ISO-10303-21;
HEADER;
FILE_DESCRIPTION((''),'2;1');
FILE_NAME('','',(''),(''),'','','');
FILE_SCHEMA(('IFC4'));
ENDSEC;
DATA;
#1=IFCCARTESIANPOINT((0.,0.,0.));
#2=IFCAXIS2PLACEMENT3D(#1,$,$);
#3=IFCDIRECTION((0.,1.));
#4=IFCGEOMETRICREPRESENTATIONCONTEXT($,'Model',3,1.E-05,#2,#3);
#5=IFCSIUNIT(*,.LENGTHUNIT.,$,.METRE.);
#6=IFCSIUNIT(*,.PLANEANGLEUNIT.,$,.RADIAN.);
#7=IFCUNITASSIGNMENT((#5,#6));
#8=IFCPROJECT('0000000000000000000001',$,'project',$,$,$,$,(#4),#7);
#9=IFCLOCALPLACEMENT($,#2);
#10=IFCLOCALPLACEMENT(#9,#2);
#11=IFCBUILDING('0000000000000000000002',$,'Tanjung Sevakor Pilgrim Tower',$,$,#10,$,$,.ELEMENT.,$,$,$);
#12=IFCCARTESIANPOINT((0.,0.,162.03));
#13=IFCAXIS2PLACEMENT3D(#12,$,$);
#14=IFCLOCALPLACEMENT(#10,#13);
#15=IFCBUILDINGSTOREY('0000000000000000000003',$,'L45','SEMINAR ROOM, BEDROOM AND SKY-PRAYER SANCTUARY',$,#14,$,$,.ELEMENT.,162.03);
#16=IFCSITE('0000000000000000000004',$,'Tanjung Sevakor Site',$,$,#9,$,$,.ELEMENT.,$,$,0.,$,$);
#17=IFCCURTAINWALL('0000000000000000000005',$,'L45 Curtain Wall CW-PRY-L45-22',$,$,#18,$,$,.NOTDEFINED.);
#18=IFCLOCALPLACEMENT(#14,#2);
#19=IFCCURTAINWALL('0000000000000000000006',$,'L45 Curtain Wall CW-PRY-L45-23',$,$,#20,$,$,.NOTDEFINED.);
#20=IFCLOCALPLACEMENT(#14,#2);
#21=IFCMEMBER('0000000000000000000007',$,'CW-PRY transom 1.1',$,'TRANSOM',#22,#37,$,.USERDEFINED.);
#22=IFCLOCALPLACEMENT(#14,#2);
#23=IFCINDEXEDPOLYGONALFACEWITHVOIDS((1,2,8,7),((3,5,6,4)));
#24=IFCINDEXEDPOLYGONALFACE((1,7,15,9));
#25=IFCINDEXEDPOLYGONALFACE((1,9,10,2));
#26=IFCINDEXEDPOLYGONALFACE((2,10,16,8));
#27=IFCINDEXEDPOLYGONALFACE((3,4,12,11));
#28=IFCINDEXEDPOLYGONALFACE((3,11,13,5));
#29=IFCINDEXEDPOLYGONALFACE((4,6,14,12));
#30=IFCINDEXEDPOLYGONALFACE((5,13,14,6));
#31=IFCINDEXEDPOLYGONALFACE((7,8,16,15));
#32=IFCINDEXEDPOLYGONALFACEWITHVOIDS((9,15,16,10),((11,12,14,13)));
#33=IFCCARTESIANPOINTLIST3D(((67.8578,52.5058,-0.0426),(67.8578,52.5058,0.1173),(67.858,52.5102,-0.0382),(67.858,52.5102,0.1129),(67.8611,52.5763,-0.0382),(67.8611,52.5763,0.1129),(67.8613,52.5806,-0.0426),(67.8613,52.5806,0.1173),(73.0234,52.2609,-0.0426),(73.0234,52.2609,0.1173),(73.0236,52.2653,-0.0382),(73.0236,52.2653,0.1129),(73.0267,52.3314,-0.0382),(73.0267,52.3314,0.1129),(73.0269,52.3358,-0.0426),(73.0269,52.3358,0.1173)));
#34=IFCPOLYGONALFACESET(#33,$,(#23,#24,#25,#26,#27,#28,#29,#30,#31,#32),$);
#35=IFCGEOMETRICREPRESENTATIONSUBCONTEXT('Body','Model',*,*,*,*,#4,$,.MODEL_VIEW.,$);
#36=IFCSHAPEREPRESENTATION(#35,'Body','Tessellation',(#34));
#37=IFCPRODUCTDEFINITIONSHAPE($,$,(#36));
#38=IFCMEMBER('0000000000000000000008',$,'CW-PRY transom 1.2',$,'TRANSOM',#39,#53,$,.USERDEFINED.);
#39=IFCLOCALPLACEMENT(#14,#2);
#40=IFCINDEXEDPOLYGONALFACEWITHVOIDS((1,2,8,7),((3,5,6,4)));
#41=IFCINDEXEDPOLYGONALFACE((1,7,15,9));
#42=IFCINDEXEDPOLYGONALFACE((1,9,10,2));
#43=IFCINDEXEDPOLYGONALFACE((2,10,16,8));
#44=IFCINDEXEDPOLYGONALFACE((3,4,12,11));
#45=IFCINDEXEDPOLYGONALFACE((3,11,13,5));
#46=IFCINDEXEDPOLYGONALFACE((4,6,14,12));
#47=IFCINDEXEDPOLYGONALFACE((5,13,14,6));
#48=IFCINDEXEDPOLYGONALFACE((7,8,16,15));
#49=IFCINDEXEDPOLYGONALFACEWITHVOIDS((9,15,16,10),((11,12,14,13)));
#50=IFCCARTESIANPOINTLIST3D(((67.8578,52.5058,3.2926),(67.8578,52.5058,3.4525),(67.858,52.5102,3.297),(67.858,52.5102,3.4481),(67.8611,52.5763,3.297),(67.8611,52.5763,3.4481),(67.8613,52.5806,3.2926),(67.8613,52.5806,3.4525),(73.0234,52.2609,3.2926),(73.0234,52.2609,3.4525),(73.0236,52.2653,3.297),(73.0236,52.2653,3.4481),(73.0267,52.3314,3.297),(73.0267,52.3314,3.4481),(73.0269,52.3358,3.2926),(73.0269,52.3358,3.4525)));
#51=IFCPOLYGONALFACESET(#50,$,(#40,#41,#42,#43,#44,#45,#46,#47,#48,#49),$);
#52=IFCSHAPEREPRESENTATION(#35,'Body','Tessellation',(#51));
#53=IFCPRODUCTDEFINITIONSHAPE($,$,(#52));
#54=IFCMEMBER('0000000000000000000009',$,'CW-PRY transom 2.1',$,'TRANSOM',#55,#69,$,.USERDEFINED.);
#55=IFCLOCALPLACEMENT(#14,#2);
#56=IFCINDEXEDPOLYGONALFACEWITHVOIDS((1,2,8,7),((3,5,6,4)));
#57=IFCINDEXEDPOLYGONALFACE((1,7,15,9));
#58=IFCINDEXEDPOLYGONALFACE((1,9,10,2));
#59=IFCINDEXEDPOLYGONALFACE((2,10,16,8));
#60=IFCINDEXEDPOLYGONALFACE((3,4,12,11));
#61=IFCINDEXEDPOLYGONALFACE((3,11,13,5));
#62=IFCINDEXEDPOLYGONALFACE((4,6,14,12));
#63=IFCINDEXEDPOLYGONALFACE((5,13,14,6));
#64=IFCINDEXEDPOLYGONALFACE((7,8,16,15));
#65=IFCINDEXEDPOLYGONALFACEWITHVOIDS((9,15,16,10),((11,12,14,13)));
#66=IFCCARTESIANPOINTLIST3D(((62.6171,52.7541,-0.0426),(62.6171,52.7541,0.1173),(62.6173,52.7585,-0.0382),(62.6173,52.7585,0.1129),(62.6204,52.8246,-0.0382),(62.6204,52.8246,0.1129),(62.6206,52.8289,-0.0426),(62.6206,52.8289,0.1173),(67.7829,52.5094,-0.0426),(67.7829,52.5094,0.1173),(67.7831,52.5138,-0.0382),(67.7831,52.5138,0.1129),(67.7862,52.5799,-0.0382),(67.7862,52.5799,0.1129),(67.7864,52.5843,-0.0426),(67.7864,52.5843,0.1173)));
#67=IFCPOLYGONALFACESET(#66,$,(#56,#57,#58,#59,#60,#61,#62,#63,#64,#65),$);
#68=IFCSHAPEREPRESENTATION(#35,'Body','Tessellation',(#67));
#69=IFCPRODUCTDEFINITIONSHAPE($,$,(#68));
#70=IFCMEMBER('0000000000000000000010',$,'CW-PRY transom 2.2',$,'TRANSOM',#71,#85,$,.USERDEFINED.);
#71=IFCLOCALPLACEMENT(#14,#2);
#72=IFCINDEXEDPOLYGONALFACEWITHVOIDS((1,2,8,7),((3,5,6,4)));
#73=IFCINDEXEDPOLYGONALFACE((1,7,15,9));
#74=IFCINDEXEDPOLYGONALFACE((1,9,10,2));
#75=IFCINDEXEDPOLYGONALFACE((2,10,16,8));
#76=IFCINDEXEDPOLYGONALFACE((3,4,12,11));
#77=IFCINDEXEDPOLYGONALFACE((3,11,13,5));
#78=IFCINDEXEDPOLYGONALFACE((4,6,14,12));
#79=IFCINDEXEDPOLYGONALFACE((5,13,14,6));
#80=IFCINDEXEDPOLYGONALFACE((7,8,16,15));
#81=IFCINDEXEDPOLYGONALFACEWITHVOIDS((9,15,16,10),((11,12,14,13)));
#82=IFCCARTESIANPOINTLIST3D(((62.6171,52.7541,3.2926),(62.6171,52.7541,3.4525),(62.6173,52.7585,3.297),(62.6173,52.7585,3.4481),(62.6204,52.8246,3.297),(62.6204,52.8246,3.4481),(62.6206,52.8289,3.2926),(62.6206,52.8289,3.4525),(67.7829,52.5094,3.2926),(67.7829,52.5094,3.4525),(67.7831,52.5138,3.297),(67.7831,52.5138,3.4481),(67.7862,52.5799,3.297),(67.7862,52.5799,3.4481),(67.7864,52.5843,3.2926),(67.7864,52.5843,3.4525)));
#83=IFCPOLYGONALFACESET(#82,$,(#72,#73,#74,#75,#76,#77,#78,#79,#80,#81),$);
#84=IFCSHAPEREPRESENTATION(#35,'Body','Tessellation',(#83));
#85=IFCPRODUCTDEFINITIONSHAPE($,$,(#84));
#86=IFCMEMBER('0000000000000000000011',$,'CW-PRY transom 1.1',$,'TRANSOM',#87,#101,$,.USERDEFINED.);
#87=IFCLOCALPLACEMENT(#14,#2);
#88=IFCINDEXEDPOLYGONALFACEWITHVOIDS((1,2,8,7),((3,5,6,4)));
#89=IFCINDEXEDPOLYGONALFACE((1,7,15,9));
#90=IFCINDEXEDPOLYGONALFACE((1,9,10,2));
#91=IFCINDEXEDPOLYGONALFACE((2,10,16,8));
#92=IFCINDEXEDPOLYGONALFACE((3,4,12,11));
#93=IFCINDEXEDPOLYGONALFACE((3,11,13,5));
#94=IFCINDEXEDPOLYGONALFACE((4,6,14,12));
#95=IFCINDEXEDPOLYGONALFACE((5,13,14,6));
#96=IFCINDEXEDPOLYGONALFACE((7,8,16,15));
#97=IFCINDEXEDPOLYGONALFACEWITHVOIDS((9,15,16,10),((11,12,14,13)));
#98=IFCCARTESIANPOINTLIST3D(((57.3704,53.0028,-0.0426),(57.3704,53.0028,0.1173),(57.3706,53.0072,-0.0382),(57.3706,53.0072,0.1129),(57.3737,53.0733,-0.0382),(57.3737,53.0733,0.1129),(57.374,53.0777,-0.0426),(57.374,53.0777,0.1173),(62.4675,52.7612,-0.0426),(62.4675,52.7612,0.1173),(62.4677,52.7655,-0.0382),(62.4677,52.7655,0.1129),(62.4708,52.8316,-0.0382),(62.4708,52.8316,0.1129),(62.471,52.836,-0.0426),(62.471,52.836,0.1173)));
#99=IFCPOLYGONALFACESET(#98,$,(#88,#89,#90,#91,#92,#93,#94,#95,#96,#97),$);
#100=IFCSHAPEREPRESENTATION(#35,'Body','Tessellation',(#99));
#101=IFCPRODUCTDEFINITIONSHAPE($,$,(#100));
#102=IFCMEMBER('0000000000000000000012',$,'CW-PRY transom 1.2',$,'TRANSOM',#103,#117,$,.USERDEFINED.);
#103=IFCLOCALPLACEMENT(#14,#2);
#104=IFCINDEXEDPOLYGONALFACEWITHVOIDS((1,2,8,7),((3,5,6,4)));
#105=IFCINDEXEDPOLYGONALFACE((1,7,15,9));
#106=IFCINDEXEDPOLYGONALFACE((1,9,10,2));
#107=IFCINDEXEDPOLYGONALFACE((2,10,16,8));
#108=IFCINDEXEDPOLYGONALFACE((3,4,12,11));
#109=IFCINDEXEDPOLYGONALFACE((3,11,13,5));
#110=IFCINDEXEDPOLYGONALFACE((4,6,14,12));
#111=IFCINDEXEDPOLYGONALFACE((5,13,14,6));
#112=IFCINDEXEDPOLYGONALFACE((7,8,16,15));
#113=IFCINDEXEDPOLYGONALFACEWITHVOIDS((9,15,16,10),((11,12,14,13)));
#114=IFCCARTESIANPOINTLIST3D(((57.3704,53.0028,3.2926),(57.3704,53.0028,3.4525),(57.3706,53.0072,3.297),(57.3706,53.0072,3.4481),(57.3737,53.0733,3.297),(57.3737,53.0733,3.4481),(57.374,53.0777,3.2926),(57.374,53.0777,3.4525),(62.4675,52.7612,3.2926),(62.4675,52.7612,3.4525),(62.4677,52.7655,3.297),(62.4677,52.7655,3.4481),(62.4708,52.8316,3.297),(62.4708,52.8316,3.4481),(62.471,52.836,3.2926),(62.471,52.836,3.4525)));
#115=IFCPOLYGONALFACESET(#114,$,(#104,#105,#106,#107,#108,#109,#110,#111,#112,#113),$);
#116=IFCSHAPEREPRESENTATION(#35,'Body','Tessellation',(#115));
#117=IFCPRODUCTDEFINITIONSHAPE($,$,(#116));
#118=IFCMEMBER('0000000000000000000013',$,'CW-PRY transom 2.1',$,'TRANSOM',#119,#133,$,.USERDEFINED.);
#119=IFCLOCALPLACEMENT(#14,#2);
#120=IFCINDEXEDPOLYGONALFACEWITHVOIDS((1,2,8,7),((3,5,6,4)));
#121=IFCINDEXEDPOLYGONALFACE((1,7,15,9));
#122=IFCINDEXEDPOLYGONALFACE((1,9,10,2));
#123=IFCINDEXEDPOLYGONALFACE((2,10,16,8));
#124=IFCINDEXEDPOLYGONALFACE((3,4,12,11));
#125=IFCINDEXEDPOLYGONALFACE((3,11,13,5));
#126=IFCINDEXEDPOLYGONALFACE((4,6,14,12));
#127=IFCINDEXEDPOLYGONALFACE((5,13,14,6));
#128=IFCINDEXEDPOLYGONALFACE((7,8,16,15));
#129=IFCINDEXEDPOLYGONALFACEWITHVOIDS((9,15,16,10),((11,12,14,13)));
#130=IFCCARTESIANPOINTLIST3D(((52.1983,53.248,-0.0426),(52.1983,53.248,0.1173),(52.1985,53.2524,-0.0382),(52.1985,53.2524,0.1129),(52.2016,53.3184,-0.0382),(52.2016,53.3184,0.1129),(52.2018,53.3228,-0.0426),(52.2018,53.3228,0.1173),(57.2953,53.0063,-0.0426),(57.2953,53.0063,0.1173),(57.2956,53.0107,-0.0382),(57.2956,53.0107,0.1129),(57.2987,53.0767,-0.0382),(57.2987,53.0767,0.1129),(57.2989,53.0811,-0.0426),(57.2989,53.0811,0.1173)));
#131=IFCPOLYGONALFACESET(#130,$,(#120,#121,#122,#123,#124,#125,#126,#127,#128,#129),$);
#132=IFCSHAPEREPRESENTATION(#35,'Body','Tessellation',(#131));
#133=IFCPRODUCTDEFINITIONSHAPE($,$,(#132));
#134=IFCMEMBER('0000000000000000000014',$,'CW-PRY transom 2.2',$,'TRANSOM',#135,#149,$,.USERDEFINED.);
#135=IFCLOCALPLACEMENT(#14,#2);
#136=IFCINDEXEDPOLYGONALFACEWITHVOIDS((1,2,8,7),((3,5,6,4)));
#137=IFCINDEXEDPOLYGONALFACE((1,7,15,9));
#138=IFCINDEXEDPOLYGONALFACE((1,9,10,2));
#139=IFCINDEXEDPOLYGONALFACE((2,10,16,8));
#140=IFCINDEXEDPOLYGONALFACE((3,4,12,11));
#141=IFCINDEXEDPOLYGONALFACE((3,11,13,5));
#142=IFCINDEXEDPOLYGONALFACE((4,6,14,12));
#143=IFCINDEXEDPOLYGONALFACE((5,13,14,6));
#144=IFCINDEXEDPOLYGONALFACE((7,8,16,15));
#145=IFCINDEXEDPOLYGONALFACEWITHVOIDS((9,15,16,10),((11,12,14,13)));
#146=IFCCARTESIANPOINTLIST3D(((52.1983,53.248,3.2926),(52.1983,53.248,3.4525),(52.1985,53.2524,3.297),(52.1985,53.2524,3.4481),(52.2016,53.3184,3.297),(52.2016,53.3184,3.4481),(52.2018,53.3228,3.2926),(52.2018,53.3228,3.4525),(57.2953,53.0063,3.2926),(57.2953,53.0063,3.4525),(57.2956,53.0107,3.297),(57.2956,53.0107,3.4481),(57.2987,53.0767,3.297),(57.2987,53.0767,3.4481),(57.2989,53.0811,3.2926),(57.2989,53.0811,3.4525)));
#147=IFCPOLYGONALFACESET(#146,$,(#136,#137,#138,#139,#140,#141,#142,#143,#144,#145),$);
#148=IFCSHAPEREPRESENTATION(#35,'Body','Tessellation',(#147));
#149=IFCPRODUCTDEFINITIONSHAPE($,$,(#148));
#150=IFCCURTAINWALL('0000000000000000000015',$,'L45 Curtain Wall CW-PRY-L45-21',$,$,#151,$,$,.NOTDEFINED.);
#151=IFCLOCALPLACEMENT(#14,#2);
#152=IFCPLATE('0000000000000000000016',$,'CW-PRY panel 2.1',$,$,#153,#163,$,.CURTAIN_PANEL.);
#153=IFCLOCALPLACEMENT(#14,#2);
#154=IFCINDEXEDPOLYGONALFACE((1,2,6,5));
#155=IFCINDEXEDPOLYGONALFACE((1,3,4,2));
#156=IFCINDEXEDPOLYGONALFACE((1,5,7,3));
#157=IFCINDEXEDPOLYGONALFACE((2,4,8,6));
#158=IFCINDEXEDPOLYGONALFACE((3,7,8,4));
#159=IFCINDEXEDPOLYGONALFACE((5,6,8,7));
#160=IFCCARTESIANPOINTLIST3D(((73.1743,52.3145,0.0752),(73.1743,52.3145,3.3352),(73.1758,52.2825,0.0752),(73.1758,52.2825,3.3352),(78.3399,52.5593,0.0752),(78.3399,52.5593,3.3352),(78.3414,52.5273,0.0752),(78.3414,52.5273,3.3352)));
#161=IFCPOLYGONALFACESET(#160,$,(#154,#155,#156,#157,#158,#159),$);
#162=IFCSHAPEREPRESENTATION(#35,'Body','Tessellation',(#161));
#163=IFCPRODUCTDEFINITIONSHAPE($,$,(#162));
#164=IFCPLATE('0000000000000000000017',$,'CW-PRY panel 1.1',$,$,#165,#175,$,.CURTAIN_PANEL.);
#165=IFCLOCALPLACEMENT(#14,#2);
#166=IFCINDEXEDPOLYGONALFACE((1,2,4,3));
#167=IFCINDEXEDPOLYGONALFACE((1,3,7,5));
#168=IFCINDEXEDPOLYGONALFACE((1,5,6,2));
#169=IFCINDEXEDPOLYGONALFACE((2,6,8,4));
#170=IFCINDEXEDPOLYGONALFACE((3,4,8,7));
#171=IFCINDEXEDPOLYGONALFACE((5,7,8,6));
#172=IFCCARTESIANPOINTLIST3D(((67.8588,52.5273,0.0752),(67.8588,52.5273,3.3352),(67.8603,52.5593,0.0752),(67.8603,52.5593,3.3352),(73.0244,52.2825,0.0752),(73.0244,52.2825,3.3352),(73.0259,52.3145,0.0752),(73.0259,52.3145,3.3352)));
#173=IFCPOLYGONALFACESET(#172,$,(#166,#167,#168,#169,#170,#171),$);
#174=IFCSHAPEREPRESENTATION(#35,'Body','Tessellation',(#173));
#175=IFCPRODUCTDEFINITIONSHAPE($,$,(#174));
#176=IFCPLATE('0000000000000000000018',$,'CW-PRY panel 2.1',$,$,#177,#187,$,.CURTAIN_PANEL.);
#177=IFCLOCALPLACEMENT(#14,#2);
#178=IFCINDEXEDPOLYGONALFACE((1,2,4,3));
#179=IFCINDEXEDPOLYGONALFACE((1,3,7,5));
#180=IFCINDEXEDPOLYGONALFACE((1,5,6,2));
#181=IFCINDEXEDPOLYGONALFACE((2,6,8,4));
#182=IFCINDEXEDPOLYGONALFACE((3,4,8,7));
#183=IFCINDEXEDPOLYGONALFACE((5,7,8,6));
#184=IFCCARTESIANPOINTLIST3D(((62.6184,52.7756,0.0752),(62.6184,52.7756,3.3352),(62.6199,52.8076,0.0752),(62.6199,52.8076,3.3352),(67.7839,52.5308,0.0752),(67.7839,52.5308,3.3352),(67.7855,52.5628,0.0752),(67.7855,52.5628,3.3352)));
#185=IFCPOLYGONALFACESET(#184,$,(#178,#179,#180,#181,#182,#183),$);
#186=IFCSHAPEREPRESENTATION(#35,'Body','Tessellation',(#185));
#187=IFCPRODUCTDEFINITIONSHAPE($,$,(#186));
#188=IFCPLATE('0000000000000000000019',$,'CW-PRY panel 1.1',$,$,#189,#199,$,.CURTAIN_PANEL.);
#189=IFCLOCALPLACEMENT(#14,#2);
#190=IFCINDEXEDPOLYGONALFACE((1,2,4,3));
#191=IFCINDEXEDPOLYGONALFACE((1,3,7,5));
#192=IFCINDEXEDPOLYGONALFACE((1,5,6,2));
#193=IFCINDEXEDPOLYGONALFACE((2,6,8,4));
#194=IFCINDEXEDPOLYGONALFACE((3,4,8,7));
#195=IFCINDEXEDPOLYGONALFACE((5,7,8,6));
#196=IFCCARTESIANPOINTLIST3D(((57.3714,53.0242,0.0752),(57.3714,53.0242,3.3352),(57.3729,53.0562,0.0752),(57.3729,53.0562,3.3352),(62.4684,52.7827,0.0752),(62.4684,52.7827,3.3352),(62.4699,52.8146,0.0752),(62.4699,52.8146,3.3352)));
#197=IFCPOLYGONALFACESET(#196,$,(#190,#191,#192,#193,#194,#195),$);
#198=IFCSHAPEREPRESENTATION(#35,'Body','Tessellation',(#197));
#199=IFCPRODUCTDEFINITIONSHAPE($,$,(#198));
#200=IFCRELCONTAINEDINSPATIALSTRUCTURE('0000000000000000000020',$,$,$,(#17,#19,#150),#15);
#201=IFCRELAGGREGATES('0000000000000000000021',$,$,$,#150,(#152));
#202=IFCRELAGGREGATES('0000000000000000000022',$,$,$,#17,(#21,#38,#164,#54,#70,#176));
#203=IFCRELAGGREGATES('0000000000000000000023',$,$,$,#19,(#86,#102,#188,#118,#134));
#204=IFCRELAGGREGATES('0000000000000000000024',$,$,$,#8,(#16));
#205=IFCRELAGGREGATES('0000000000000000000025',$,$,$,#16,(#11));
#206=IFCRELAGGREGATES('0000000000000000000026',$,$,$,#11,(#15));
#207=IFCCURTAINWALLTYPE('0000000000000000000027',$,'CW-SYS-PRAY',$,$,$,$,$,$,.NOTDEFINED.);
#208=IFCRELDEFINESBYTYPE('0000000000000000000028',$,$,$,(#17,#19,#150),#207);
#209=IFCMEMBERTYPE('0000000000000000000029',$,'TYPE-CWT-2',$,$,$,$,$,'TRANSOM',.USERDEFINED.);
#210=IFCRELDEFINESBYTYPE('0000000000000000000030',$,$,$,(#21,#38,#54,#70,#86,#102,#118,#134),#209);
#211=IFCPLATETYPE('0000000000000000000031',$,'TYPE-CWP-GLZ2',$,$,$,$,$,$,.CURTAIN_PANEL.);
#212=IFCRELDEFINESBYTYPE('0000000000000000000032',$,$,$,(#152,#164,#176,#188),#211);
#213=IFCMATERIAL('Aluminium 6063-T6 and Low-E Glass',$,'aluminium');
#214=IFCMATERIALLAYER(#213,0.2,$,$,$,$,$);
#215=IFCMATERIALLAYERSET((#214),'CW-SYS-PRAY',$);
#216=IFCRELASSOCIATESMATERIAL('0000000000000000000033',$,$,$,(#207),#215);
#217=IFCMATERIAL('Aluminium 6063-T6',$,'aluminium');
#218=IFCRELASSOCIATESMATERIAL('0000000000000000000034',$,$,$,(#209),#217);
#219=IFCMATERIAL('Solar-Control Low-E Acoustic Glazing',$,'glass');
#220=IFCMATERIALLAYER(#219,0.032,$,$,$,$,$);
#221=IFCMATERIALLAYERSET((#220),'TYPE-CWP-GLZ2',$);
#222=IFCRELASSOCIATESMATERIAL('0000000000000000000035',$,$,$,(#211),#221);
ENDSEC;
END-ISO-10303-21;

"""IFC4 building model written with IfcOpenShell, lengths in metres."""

from ifc_helpers import new_model, si_unit, direction, frame, origin, origin_2d, place, context, subcontext, project, spatial, rectangle, hollow_rectangle, extrude, material, layer, layer_set, material_profile, profile_set, type_object, element, aggregate, save


model = new_model("IFC4")

# Units and contexts
model_context = context("Model", 3, precision=1e-05, world=origin(), true_north=direction((0.0, 1.0)))
body_context = subcontext(model_context, "Body", "Model", "MODEL_VIEW")
ifc_project = project(units=[si_unit("LENGTHUNIT", "METRE"), si_unit("PLANEANGLEUNIT", "RADIAN")], contexts=[model_context])

# Site, building, storey
site_placement = place(None, origin())
site = spatial("IfcSite", under=ifc_project, at=site_placement, Name="Tanjung Sevakor Site", CompositionType="ELEMENT", RefElevation=0.0)
building_placement = place(site_placement, origin())
building = spatial("IfcBuilding", under=site, at=building_placement, Name="Tanjung Sevakor Pilgrim Tower", CompositionType="ELEMENT")
storey_placement = place(building_placement, frame((0.0, 0.0, 162.03)))
storey = spatial("IfcBuildingStorey", under=building, at=storey_placement, Name="L45", Description="SEMINAR ROOM, BEDROOM AND SKY-PRAYER SANCTUARY", CompositionType="ELEMENT", Elevation=162.03)

# Curtain walls
ifc_material_1 = material(Name="Aluminium 6063-T6 and Low-E Glass", Category="aluminium")
ifc_layer_1 = layer(ifc_material_1, 0.2)
ifc_layer_set_1 = layer_set([ifc_layer_1], Name="CW-SYS-PRAY")
curtain_wall_type = type_object("IfcCurtainWallType", Name="CW-SYS-PRAY", PredefinedType="NOTDEFINED", material=ifc_layer_set_1)
curtain_wall_1_placement = place(storey_placement, origin())
curtain_wall_1 = element("IfcCurtainWall", 1, at=curtain_wall_1_placement, inside=storey, type_object=curtain_wall_type, Name="L45 Curtain Wall CW-PRY-L45-22", PredefinedType="NOTDEFINED")
curtain_wall_2_placement = place(storey_placement, origin())
curtain_wall_2 = element("IfcCurtainWall", 2, at=curtain_wall_2_placement, inside=storey, type_object=curtain_wall_type, Name="L45 Curtain Wall CW-PRY-L45-23", PredefinedType="NOTDEFINED")

# Members
ifc_material_2 = material(Name="Aluminium 6063-T6", Category="aluminium")
ifc_material_profile_1 = material_profile(ifc_material_2, hollow_rectangle(XDim=0.075, YDim=0.1599, WallThickness=0.0044, at=origin_2d()))
ifc_profile_set_1 = profile_set([ifc_material_profile_1], Name="Aluminium 6063-T6")
member_type_1 = type_object("IfcMemberType", Name="TYPE-CWT-2", ElementType="TRANSOM", PredefinedType="USERDEFINED", material=ifc_profile_set_1)
member_1_placement = place(storey_placement, frame((73.0251, 52.2983, 0.0374), z_axis=(-0.998878, 0.047352, 0.0), x_axis=(-0.047352, -0.998878, 0.0)))
member_1 = element("IfcMember", 3, at=member_1_placement, type_object=member_type_1, Name="CW-PRY transom 1.1", ObjectType="TRANSOM", PredefinedType="USERDEFINED", context=body_context, shape_type="SweptSolid", body=[
    extrude(hollow_rectangle(XDim=0.075, YDim=0.1599, WallThickness=0.0044, at=origin_2d()), origin(), (0.0, 0.0, 1.0), 5.1714),
])
member_2_placement = place(storey_placement, frame((73.0251, 52.2983, 3.3726), z_axis=(-0.998878, 0.047352, 0.0), x_axis=(-0.047352, -0.998878, 0.0)))
member_2 = element("IfcMember", 4, at=member_2_placement, type_object=member_type_1, Name="CW-PRY transom 1.2", ObjectType="TRANSOM", PredefinedType="USERDEFINED", context=body_context, shape_type="SweptSolid", body=[
    extrude(hollow_rectangle(XDim=0.075, YDim=0.1599, WallThickness=0.0044, at=origin_2d()), origin(), (0.0, 0.0, 1.0), 5.1714),
])
member_3_placement = place(storey_placement, frame((67.7847, 52.5469, 0.0374), z_axis=(-0.998881, 0.047303, 0.0), x_axis=(-0.047303, -0.998881, 0.0)))
member_3 = element("IfcMember", 5, at=member_3_placement, type_object=member_type_1, Name="CW-PRY transom 2.1", ObjectType="TRANSOM", PredefinedType="USERDEFINED", context=body_context, shape_type="SweptSolid", body=[
    extrude(hollow_rectangle(XDim=0.075, YDim=0.1599, WallThickness=0.0044, at=origin_2d()), origin(), (0.0, 0.0, 1.0), 5.1716),
])
member_4_placement = place(storey_placement, frame((67.7847, 52.5469, 3.3726), z_axis=(-0.998881, 0.047303, 0.0), x_axis=(-0.047303, -0.998881, 0.0)))
member_4 = element("IfcMember", 6, at=member_4_placement, type_object=member_type_1, Name="CW-PRY transom 2.2", ObjectType="TRANSOM", PredefinedType="USERDEFINED", context=body_context, shape_type="SweptSolid", body=[
    extrude(hollow_rectangle(XDim=0.075, YDim=0.1599, WallThickness=0.0044, at=origin_2d()), origin(), (0.0, 0.0, 1.0), 5.1716),
])
member_5_placement = place(storey_placement, frame((62.4692, 52.7986, 0.0374), z_axis=(-0.998878, 0.047365, 0.0), x_axis=(-0.047365, -0.998878, 0.0)))
member_5 = element("IfcMember", 7, at=member_5_placement, type_object=member_type_1, Name="CW-PRY transom 1.1", ObjectType="TRANSOM", PredefinedType="USERDEFINED", context=body_context, shape_type="SweptSolid", body=[
    extrude(hollow_rectangle(XDim=0.075, YDim=0.1599, WallThickness=0.0044, at=origin_2d()), origin(), (0.0, 0.0, 1.0), 5.1028),
])
member_6_placement = place(storey_placement, frame((62.4692, 52.7986, 3.3726), z_axis=(-0.998878, 0.047365, 0.0), x_axis=(-0.047365, -0.998878, 0.0)))
member_6 = element("IfcMember", 8, at=member_6_placement, type_object=member_type_1, Name="CW-PRY transom 1.2", ObjectType="TRANSOM", PredefinedType="USERDEFINED", context=body_context, shape_type="SweptSolid", body=[
    extrude(hollow_rectangle(XDim=0.075, YDim=0.1599, WallThickness=0.0044, at=origin_2d()), origin(), (0.0, 0.0, 1.0), 5.1028),
])
member_7_placement = place(storey_placement, frame((57.2971, 53.0437, 0.0374), z_axis=(-0.998878, 0.047365, 0.0), x_axis=(-0.047365, -0.998878, 0.0)))
member_7 = element("IfcMember", 9, at=member_7_placement, type_object=member_type_1, Name="CW-PRY transom 2.1", ObjectType="TRANSOM", PredefinedType="USERDEFINED", context=body_context, shape_type="SweptSolid", body=[
    extrude(hollow_rectangle(XDim=0.075, YDim=0.1599, WallThickness=0.0044, at=origin_2d()), origin(), (0.0, 0.0, 1.0), 5.1028),
])
member_8_placement = place(storey_placement, frame((57.2971, 53.0437, 3.3726), z_axis=(-0.998878, 0.047365, 0.0), x_axis=(-0.047365, -0.998878, 0.0)))
member_8 = element("IfcMember", 10, at=member_8_placement, type_object=member_type_1, Name="CW-PRY transom 2.2", ObjectType="TRANSOM", PredefinedType="USERDEFINED", context=body_context, shape_type="SweptSolid", body=[
    extrude(hollow_rectangle(XDim=0.075, YDim=0.1599, WallThickness=0.0044, at=origin_2d()), origin(), (0.0, 0.0, 1.0), 5.1028),
])

# Curtain wall, plate
curtain_wall_3_placement = place(storey_placement, origin())
curtain_wall_3 = element("IfcCurtainWall", 11, at=curtain_wall_3_placement, inside=storey, type_object=curtain_wall_type, Name="L45 Curtain Wall CW-PRY-L45-21", PredefinedType="NOTDEFINED")
ifc_material_3 = material(Name="Solar-Control Low-E Acoustic Glazing", Category="glass")
ifc_layer_2 = layer(ifc_material_3, 0.032)
ifc_layer_set_2 = layer_set([ifc_layer_2], Name="TYPE-CWP-GLZ2")
plate_type = type_object("IfcPlateType", Name="TYPE-CWP-GLZ2", PredefinedType="CURTAIN_PANEL", material=ifc_layer_set_2)
plate_1_placement = place(storey_placement, frame((75.7578, 52.4209, 0.0752), z_axis=(0.0, 0.0, 1.0), x_axis=(-0.998879, -0.047333, 0.0)))
plate_1 = element("IfcPlate", 12, at=plate_1_placement, type_object=plate_type, Name="CW-PRY panel 2.1", PredefinedType="CURTAIN_PANEL", context=body_context, shape_type="SweptSolid", body=[
    extrude(rectangle(XDim=5.1714, YDim=0.032, at=origin_2d()), origin(), (0.0, 0.0, 1.0), 3.26),
])
aggregate(curtain_wall_3, [plate_1])

# Plates
plate_2_placement = place(storey_placement, frame((70.4424, 52.4209, 0.0752), z_axis=(0.0, 0.0, 1.0), x_axis=(-0.998879, 0.047333, 0.0)))
plate_2 = element("IfcPlate", 13, at=plate_2_placement, type_object=plate_type, Name="CW-PRY panel 1.1", PredefinedType="CURTAIN_PANEL", context=body_context, shape_type="SweptSolid", body=[
    extrude(rectangle(XDim=5.1714, YDim=0.032, at=origin_2d()), origin(), (0.0, 0.0, 1.0), 3.26),
])
plate_3_placement = place(storey_placement, frame((65.2019, 52.6692, 0.0752), z_axis=(0.0, 0.0, 1.0), x_axis=(-0.998879, 0.047333, 0.0)))
plate_3 = element("IfcPlate", 14, at=plate_3_placement, type_object=plate_type, Name="CW-PRY panel 2.1", PredefinedType="CURTAIN_PANEL", context=body_context, shape_type="SweptSolid", body=[
    extrude(rectangle(XDim=5.1714, YDim=0.032, at=origin_2d()), origin(), (0.0, 0.0, 1.0), 3.26),
])
aggregate(curtain_wall_1, [member_1, member_2, plate_2, member_3, member_4, plate_3])
plate_4_placement = place(storey_placement, frame((59.9207, 52.9194, 0.0752), z_axis=(0.0, 0.0, 1.0), x_axis=(-0.998879, 0.047341, 0.0)))
plate_4 = element("IfcPlate", 15, at=plate_4_placement, type_object=plate_type, Name="CW-PRY panel 1.1", PredefinedType="CURTAIN_PANEL", context=body_context, shape_type="SweptSolid", body=[
    extrude(rectangle(XDim=5.1028, YDim=0.032, at=origin_2d()), origin(), (0.0, 0.0, 1.0), 3.26),
])
aggregate(curtain_wall_2, [member_5, member_6, plate_4, member_7, member_8])

save(model, "model.ifc")
